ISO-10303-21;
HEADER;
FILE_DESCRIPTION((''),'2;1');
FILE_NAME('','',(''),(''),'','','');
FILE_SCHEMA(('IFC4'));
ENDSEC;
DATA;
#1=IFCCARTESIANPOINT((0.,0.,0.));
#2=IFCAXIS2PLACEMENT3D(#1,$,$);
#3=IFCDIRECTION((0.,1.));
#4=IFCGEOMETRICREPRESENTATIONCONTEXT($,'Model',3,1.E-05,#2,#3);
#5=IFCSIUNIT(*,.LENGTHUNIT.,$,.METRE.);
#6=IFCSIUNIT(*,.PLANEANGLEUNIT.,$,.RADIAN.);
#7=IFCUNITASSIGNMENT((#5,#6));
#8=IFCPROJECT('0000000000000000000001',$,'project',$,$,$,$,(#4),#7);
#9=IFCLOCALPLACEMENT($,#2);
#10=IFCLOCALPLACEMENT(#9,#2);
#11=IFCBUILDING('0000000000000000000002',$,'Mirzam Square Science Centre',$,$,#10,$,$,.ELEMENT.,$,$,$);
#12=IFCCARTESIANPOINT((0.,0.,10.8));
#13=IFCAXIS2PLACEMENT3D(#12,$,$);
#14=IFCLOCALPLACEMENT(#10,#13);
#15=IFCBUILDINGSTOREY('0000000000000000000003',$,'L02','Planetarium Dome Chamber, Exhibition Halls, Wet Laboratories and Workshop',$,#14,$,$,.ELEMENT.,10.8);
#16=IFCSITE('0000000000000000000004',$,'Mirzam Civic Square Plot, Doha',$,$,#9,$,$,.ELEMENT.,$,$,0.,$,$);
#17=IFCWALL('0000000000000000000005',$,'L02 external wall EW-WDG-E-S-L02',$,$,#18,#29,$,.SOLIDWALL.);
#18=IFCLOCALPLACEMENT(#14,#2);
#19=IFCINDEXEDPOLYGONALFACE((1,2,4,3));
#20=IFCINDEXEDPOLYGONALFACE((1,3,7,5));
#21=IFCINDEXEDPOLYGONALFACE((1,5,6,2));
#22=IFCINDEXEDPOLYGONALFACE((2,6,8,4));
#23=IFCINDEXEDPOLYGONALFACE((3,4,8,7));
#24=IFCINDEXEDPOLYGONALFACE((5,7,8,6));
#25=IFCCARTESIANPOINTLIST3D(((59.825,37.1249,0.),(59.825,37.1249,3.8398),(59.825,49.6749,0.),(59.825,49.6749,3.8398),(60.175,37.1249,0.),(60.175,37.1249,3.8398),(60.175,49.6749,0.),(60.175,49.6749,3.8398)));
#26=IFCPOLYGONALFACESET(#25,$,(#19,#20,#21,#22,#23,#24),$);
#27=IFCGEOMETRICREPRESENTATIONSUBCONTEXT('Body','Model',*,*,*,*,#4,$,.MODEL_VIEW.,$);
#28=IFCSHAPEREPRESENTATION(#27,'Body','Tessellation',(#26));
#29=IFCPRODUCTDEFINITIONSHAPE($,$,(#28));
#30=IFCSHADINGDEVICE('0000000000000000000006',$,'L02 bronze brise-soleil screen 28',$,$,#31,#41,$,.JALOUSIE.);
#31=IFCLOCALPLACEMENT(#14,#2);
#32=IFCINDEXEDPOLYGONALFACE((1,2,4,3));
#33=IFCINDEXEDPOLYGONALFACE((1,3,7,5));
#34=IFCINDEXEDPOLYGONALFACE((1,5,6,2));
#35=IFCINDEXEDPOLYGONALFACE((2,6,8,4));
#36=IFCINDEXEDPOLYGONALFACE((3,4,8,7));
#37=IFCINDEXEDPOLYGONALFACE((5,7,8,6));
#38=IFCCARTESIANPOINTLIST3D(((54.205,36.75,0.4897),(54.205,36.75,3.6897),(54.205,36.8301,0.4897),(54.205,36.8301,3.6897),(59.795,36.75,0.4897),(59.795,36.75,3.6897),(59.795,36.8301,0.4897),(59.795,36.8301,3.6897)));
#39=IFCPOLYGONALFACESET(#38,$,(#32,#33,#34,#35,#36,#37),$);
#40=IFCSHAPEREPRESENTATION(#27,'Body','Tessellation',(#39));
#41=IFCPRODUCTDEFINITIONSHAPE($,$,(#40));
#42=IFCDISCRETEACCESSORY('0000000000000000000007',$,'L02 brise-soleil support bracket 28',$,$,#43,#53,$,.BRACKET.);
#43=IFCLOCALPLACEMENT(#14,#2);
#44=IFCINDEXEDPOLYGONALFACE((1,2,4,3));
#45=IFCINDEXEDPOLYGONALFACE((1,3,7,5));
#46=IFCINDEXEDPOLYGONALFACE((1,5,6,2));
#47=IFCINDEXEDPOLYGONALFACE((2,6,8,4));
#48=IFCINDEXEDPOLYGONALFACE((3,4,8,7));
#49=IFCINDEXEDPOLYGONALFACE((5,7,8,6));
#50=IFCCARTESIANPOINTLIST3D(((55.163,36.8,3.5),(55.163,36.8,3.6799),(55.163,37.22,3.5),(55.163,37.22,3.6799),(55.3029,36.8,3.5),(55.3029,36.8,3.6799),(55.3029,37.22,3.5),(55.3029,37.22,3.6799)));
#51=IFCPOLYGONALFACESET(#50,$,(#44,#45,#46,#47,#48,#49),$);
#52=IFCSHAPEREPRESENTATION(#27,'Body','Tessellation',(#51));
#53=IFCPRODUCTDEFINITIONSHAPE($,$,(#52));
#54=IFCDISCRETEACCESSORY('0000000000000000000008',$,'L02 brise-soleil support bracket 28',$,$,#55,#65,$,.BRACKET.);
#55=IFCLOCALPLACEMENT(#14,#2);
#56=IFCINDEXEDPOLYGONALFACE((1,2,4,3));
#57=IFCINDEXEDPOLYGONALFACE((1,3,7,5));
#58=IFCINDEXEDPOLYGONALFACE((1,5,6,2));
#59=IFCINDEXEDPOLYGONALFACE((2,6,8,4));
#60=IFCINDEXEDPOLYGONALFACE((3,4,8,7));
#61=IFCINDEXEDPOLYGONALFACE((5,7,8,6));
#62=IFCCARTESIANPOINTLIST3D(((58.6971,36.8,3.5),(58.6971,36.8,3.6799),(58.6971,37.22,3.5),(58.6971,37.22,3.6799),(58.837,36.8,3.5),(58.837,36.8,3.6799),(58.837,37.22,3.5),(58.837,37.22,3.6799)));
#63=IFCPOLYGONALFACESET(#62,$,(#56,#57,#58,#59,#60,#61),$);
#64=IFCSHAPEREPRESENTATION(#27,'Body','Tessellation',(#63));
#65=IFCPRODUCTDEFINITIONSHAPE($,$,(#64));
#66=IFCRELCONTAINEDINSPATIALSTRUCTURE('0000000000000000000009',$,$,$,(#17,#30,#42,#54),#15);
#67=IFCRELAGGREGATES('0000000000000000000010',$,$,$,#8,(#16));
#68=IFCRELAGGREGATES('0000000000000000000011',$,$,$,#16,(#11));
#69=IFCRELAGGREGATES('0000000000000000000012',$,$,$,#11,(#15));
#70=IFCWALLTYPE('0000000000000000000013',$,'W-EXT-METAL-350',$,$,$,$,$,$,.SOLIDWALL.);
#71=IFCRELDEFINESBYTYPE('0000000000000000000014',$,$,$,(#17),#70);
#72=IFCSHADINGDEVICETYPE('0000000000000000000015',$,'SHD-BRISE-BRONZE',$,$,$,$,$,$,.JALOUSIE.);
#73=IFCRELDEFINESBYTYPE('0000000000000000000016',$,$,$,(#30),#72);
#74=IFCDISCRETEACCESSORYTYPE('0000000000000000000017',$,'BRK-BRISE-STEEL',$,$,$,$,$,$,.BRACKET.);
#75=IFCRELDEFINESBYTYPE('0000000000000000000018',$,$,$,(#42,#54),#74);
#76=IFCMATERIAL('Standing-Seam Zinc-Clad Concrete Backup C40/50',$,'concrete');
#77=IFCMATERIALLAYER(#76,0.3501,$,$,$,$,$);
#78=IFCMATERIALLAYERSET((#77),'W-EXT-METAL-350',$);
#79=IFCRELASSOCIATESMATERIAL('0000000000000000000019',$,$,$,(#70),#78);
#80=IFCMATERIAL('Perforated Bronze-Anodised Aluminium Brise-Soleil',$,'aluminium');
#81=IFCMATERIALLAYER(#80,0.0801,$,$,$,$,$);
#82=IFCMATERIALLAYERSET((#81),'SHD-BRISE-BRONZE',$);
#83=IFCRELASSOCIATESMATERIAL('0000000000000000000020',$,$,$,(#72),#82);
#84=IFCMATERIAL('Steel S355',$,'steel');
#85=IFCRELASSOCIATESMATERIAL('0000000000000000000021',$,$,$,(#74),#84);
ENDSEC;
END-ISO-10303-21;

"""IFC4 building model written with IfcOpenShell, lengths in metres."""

from ifc_helpers import new_model, si_unit, direction, frame, frame_2d, origin, origin_2d, place, context, subcontext, project, spatial, rectangle, extrude, material, layer, layer_set, type_object, element, save


model = new_model("IFC4")

# Units and contexts
model_context = context("Model", 3, precision=1e-05, world=origin(), true_north=direction((0.0, 1.0)))
body_context = subcontext(model_context, "Body", "Model", "MODEL_VIEW")
ifc_project = project(units=[si_unit("LENGTHUNIT", "METRE"), si_unit("PLANEANGLEUNIT", "RADIAN")], contexts=[model_context])

# Site, building, storey
site_placement = place(None, origin())
site = spatial("IfcSite", under=ifc_project, at=site_placement, Name="Mirzam Civic Square Plot, Doha", CompositionType="ELEMENT", RefElevation=0.0)
building_placement = place(site_placement, origin())
building = spatial("IfcBuilding", under=site, at=building_placement, Name="Mirzam Square Science Centre", CompositionType="ELEMENT")
storey_placement = place(building_placement, frame((0.0, 0.0, 10.8)))
storey = spatial("IfcBuildingStorey", under=building, at=storey_placement, Name="L02", Description="Planetarium Dome Chamber, Exhibition Halls, Wet Laboratories and Workshop", CompositionType="ELEMENT", Elevation=10.8)

# Shared definitions
ifc_material_1 = material(Name="Steel S355", Category="steel")

# Wall
ifc_material_2 = material(Name="Standing-Seam Zinc-Clad Concrete Backup C40/50", Category="concrete")
ifc_layer_1 = layer(ifc_material_2, 0.3501)
ifc_layer_set_1 = layer_set([ifc_layer_1], Name="W-EXT-METAL-350")
wall_type = type_object("IfcWallType", Name="W-EXT-METAL-350", PredefinedType="SOLIDWALL", material=ifc_layer_set_1)
wall_placement = place(storey_placement, frame((60.0, 37.125, 0.0), z_axis=(0.0, 0.0, 1.0), x_axis=(0.0, 1.0, 0.0)))
element("IfcWall", 1, at=wall_placement, inside=storey, type_object=wall_type, Name="L02 external wall EW-WDG-E-S-L02", PredefinedType="SOLIDWALL", context=body_context, shape_type="SweptSolid", body=[
    extrude(rectangle(XDim=12.55, YDim=0.3501, at=frame_2d((6.2749, 0.0))), origin(), (0.0, 0.0, 1.0), 3.8398),
])

# Shading device
ifc_material_3 = material(Name="Perforated Bronze-Anodised Aluminium Brise-Soleil", Category="aluminium")
ifc_layer_2 = layer(ifc_material_3, 0.0801)
ifc_layer_set_2 = layer_set([ifc_layer_2], Name="SHD-BRISE-BRONZE")
shading_device_type = type_object("IfcShadingDeviceType", Name="SHD-BRISE-BRONZE", PredefinedType="JALOUSIE", material=ifc_layer_set_2)
shading_device_placement = place(storey_placement, frame((57.0, 36.79, 0.4897), z_axis=(0.0, 0.0, 1.0), x_axis=(1.0, 0.0, 0.0)))
element("IfcShadingDevice", 2, at=shading_device_placement, inside=storey, type_object=shading_device_type, Name="L02 bronze brise-soleil screen 28", PredefinedType="JALOUSIE", context=body_context, shape_type="SweptSolid", body=[
    extrude(rectangle(XDim=5.5901, YDim=0.0801, at=origin_2d()), origin(), (0.0, 0.0, 1.0), 3.2),
])

# Discrete accessories
discrete_accessory_type = type_object("IfcDiscreteAccessoryType", Name="BRK-BRISE-STEEL", PredefinedType="BRACKET", material=ifc_material_1)
for number, where, z_axis, x_axis, name in (
    (3, (55.2329, 37.01, 3.5), (0.0, 0.0, 1.0), (1.0, 0.0, 0.0), "L02 brise-soleil support bracket 28"),
    (4, (58.7671, 37.01, 3.5), (0.0, 0.0, 1.0), (1.0, 0.0, 0.0), "L02 brise-soleil support bracket 28"),
):
    element("IfcDiscreteAccessory", number, at=place(storey_placement, frame(where, z_axis=z_axis, x_axis=x_axis)), inside=storey, type_object=discrete_accessory_type, Name=name, PredefinedType="BRACKET", context=body_context, shape_type="SweptSolid", body=[
        extrude(rectangle(XDim=0.1399, YDim=0.4199, at=origin_2d()), origin(), (0.0, 0.0, 1.0), 0.1799),
    ])

save(model, "model.ifc")
